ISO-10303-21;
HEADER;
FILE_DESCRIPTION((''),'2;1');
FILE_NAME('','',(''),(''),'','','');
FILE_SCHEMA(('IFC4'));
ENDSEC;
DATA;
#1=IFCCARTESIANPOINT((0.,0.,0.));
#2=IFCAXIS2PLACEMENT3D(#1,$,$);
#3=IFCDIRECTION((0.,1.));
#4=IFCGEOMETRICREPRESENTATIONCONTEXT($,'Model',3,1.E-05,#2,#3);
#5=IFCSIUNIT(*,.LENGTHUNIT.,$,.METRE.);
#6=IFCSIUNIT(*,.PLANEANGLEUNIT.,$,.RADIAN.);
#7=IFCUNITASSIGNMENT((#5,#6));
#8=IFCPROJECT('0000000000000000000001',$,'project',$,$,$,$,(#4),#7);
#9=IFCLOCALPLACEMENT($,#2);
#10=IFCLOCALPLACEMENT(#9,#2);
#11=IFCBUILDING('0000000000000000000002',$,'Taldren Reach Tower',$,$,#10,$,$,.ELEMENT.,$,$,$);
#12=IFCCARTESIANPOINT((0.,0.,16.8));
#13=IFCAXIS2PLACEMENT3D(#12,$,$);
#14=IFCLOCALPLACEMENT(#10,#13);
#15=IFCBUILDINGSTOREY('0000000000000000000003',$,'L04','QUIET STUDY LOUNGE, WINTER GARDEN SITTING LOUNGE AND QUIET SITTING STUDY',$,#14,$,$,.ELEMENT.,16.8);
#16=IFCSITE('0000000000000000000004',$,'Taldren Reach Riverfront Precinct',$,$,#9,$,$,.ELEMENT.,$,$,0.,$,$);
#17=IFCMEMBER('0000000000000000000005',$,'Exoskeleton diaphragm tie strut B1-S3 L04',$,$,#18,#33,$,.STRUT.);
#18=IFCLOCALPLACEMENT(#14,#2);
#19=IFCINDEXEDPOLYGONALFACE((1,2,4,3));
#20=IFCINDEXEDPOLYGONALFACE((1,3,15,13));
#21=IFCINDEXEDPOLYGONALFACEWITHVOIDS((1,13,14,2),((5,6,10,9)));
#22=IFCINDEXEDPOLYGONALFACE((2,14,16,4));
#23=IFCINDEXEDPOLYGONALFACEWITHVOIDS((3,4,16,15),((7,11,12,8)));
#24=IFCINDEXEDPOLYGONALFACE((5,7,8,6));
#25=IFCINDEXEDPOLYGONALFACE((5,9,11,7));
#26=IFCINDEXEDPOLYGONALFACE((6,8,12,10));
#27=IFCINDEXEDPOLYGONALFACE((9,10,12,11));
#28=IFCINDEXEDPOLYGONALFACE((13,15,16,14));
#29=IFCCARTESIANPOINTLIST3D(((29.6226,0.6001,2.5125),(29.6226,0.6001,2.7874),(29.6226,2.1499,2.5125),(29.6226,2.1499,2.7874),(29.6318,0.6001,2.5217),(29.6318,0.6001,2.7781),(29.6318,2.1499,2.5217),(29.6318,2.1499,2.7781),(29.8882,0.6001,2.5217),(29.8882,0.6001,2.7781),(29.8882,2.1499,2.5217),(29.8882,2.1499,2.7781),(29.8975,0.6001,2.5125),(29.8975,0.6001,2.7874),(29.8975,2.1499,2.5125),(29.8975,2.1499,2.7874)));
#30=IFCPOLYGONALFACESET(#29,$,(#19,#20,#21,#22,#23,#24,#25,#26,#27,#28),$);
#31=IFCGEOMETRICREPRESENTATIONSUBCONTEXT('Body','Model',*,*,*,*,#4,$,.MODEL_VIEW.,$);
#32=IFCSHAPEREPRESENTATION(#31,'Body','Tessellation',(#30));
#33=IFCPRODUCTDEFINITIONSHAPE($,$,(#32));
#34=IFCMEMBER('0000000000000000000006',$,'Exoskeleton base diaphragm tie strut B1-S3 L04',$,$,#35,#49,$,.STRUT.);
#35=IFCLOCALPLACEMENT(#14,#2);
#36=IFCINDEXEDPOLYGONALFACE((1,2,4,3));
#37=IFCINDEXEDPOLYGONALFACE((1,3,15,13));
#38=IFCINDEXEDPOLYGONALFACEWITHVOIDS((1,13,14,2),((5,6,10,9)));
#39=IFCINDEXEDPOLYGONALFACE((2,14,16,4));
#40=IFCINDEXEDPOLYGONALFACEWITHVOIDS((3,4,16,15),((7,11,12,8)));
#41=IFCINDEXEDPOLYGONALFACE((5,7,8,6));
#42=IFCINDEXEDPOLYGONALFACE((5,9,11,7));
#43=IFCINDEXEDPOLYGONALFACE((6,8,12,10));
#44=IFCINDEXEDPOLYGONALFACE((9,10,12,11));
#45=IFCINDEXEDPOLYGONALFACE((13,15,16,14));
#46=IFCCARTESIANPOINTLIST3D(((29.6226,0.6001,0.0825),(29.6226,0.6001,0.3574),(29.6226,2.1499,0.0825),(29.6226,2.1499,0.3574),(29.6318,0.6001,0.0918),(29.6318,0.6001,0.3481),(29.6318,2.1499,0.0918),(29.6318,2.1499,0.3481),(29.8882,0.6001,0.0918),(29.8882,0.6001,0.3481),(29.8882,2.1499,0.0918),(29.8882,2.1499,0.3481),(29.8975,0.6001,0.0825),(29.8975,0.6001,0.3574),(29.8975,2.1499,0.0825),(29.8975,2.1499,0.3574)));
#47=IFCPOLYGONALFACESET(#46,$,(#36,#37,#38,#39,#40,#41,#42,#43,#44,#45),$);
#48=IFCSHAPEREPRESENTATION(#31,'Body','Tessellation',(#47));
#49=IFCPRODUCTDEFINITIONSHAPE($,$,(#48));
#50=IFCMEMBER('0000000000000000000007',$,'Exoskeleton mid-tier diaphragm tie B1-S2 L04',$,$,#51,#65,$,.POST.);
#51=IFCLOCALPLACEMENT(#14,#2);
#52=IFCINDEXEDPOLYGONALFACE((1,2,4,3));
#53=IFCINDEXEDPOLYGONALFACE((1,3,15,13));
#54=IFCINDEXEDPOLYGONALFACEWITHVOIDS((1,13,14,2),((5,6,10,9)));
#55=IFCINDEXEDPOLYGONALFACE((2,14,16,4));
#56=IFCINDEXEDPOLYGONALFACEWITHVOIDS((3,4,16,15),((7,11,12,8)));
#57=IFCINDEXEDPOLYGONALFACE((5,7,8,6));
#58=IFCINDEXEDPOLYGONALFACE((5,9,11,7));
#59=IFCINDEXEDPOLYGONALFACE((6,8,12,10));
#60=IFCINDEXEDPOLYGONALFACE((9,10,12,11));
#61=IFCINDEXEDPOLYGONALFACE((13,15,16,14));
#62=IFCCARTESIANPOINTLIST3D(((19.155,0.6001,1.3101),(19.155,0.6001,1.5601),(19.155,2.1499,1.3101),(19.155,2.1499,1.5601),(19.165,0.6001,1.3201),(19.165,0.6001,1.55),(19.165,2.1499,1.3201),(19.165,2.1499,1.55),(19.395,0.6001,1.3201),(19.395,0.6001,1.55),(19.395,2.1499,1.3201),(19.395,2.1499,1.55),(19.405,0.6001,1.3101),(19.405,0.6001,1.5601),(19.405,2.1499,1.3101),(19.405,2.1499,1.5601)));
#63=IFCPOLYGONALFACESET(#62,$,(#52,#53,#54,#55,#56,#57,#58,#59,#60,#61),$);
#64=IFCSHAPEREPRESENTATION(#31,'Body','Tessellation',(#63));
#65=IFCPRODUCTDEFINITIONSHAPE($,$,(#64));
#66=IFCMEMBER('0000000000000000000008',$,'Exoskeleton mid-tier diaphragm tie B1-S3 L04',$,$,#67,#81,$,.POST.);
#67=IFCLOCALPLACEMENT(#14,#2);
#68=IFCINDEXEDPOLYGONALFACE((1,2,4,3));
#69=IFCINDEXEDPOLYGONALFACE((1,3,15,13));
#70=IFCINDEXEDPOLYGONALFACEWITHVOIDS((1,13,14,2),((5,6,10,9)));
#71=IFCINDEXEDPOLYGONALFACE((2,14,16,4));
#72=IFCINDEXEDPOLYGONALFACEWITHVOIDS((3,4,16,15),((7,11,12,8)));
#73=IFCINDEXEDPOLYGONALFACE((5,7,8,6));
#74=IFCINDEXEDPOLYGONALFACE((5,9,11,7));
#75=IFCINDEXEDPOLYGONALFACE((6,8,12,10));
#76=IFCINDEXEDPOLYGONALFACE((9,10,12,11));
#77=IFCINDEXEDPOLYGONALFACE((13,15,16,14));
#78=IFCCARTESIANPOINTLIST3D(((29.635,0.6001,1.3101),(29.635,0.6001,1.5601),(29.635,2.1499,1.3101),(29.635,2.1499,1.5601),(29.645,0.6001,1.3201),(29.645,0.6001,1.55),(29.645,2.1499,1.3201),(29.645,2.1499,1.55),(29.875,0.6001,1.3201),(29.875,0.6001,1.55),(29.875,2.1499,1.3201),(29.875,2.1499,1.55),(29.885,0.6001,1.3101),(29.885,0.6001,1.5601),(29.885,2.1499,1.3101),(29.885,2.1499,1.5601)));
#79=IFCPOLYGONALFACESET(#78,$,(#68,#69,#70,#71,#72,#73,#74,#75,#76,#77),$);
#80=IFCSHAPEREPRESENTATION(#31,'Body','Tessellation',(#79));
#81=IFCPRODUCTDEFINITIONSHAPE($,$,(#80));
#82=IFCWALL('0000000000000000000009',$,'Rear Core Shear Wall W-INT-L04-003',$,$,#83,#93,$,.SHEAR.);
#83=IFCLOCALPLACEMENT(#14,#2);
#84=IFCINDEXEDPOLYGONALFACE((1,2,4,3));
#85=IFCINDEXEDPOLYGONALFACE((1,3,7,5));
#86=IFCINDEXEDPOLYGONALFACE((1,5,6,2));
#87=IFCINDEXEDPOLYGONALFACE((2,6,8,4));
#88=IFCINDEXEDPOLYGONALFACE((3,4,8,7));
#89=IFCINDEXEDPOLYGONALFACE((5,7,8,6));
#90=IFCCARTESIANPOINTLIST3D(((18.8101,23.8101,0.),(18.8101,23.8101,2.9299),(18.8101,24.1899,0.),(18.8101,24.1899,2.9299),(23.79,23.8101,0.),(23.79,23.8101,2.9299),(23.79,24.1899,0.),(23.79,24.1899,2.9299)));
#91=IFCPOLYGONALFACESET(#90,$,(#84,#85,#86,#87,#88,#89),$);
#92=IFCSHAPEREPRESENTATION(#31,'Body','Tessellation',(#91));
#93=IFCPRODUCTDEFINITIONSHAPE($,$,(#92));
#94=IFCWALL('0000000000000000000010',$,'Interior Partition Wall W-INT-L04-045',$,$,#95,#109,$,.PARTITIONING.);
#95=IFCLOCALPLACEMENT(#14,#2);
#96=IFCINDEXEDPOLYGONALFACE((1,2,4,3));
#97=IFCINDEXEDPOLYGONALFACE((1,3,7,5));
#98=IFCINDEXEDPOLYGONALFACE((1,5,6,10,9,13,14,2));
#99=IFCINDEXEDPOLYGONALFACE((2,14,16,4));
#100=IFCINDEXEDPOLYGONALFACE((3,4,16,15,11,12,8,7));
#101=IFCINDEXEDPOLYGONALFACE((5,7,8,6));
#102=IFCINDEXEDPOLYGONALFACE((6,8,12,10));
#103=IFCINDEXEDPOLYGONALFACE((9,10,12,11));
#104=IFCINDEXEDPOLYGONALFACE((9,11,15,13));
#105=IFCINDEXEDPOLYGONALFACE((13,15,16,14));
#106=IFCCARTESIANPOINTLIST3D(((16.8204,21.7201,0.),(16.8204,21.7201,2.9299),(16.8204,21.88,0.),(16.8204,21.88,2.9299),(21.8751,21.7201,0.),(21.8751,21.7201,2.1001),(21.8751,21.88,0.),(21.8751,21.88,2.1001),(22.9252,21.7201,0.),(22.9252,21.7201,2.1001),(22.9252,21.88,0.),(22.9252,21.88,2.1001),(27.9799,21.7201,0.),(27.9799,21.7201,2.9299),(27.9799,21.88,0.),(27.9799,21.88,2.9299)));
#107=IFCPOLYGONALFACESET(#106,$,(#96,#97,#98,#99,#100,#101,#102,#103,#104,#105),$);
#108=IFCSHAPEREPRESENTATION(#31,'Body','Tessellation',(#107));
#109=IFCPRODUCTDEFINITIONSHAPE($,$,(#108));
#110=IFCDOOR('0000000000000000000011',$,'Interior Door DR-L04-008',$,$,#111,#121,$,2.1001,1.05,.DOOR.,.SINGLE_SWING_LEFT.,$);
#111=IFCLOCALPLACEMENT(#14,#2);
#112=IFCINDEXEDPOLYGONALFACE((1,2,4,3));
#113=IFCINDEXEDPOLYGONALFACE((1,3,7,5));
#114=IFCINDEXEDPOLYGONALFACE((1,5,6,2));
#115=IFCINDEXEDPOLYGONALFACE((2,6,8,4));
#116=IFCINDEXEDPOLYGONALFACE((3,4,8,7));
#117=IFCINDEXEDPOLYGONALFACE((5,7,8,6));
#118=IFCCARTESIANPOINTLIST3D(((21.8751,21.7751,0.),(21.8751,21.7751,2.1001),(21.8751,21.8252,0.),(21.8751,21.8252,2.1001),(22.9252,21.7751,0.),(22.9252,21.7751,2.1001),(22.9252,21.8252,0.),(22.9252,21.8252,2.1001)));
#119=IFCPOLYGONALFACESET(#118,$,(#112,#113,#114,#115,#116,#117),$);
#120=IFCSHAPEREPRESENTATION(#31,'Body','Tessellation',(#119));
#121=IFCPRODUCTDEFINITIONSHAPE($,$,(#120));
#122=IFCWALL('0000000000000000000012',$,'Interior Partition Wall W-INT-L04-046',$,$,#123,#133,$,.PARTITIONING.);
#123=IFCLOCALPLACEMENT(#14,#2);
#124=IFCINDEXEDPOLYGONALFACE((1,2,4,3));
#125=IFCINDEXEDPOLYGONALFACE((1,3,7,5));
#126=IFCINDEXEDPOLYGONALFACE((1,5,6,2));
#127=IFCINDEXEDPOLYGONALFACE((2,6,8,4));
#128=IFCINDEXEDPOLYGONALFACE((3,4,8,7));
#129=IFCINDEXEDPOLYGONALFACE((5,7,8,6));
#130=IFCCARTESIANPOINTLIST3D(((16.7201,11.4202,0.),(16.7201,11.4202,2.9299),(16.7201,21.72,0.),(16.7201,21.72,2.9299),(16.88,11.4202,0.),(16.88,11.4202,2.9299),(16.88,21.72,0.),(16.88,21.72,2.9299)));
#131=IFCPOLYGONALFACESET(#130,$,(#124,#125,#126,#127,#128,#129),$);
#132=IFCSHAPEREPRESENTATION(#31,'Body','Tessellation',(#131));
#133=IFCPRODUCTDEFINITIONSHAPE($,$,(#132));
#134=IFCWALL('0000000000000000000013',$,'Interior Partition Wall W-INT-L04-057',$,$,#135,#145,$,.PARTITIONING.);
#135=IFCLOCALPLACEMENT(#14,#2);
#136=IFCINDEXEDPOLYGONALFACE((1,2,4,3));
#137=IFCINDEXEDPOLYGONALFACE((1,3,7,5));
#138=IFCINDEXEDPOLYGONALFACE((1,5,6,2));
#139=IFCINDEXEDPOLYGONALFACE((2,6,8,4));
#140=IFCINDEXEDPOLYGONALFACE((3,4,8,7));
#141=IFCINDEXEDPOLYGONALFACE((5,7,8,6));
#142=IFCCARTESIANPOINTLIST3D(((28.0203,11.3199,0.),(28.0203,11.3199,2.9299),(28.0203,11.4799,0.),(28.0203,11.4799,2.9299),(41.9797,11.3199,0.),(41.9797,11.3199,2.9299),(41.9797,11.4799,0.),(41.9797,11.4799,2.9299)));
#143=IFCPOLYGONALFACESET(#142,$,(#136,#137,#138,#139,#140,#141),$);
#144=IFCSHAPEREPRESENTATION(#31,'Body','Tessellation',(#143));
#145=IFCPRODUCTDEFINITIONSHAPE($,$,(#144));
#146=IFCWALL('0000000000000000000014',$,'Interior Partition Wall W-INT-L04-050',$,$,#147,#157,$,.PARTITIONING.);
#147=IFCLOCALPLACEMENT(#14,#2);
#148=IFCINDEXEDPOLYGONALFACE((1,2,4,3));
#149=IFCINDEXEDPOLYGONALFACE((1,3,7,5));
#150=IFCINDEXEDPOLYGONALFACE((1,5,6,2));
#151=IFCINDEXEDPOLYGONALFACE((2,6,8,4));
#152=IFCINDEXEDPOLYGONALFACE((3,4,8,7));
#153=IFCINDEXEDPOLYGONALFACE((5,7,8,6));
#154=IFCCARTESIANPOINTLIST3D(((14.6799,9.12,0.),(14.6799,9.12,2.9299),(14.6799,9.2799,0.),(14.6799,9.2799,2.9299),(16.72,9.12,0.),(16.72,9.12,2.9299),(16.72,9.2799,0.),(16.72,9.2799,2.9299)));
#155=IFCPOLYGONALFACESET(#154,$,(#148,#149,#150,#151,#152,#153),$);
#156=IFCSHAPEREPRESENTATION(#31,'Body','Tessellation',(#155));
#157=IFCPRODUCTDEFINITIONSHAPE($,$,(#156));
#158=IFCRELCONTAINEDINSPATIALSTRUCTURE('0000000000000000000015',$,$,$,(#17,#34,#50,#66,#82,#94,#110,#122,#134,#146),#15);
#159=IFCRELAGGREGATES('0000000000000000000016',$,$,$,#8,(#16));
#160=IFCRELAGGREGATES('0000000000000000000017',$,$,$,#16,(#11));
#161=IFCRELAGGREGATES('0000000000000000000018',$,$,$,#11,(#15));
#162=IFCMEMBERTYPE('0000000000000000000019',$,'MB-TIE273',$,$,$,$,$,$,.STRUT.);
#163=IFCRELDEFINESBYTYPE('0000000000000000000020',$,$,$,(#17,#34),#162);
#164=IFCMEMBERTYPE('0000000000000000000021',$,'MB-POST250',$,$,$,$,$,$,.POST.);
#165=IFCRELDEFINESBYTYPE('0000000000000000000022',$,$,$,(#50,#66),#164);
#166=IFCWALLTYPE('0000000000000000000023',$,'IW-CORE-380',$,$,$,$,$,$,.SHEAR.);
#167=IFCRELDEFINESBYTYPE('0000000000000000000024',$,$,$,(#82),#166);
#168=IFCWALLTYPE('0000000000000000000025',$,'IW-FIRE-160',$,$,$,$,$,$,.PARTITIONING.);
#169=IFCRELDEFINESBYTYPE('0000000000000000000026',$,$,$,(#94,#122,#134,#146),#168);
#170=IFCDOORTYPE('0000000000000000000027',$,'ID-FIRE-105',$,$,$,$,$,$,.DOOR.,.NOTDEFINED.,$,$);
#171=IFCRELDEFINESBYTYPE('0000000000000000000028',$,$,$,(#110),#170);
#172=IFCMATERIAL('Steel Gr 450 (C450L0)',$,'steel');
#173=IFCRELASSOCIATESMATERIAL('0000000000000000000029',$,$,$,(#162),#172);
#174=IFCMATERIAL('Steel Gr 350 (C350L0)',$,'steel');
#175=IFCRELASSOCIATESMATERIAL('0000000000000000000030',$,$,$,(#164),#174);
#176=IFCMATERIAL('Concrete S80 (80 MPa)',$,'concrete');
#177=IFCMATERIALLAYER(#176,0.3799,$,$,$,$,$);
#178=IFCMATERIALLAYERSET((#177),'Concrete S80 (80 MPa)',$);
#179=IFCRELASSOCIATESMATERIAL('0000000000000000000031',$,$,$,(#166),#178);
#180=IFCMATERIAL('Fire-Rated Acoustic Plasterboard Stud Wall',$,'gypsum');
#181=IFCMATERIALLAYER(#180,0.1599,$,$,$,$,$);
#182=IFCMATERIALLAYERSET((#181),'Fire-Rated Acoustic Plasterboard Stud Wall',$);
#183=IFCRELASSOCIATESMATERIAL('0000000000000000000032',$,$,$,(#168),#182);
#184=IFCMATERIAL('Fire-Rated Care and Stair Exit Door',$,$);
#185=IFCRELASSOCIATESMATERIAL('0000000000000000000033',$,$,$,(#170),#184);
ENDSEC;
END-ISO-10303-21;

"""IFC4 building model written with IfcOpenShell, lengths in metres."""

from ifc_helpers import new_model, si_unit, direction, frame, frame_2d, origin, origin_2d, place, context, subcontext, project, spatial, rectangle, hollow_rectangle, extrude, source, transform, mapped, material, layer, layer_set, material_profile, profile_set, type_object, element, fill, save


model = new_model("IFC4")

# Units and contexts
model_context = context("Model", 3, precision=1e-05, world=origin(), true_north=direction((0.0, 1.0)))
body_context = subcontext(model_context, "Body", "Model", "MODEL_VIEW")
ifc_project = project(units=[si_unit("LENGTHUNIT", "METRE"), si_unit("PLANEANGLEUNIT", "RADIAN")], contexts=[model_context])

# Site, building, storey
site_placement = place(None, origin())
site = spatial("IfcSite", under=ifc_project, at=site_placement, Name="Taldren Reach Riverfront Precinct", CompositionType="ELEMENT", RefElevation=0.0)
building_placement = place(site_placement, origin())
building = spatial("IfcBuilding", under=site, at=building_placement, Name="Taldren Reach Tower", CompositionType="ELEMENT")
storey_placement = place(building_placement, frame((0.0, 0.0, 16.8)))
storey = spatial("IfcBuildingStorey", under=building, at=storey_placement, Name="L04", Description="QUIET STUDY LOUNGE, WINTER GARDEN SITTING LOUNGE AND QUIET SITTING STUDY", CompositionType="ELEMENT", Elevation=16.8)

# Shared definitions
ifc_material_1 = material(Name="Concrete S80 (80 MPa)", Category="concrete")

# Members
ifc_material_2 = material(Name="Steel Gr 450 (C450L0)", Category="steel")
ifc_material_profile_1 = material_profile(ifc_material_2, hollow_rectangle(XDim=0.2749, YDim=0.2749, WallThickness=0.0093, at=origin_2d()), Name="275x275x9.3SHS")
ifc_profile_set_1 = profile_set([ifc_material_profile_1], Name="Steel Gr 450 (C450L0)")
member_type_1 = type_object("IfcMemberType", Name="MB-TIE273", PredefinedType="STRUT", material=ifc_profile_set_1)
shared_shape_1 = source(origin(), body_context, "Body", "SweptSolid", [
    extrude(hollow_rectangle(XDim=0.2749, YDim=0.2749, WallThickness=0.0093, at=origin_2d()), origin(), (0.0, 0.0, 1.0), 1.5498),
])
for number, where, z_axis, x_axis, name in (
    (1, (29.76, 2.1499, 2.6499), (0.0, -1.0, 0.0), (1.0, 0.0, 0.0), "Exoskeleton diaphragm tie strut B1-S3 L04"),
    (2, (29.76, 2.1499, 0.22), (0.0, -1.0, 0.0), (1.0, 0.0, 0.0), "Exoskeleton base diaphragm tie strut B1-S3 L04"),
):
    element("IfcMember", number, at=place(storey_placement, frame(where, z_axis=z_axis, x_axis=x_axis)), inside=storey, type_object=member_type_1, Name=name, PredefinedType="STRUT", context=body_context, shape_type="MappedRepresentation", body=[
        mapped(shared_shape_1, transform((0.0, 0.0, 0.0), scale=1.0)),
    ])
ifc_material_3 = material(Name="Steel Gr 350 (C350L0)", Category="steel")
ifc_material_profile_2 = material_profile(ifc_material_3, hollow_rectangle(XDim=0.25, YDim=0.25, WallThickness=0.01, at=origin_2d()), Name="250x250x10.0SHS")
ifc_profile_set_2 = profile_set([ifc_material_profile_2], Name="Steel Gr 350 (C350L0)")
member_type_2 = type_object("IfcMemberType", Name="MB-POST250", PredefinedType="POST", material=ifc_profile_set_2)
shared_shape_2 = source(origin(), body_context, "Body", "SweptSolid", [
    extrude(hollow_rectangle(XDim=0.25, YDim=0.25, WallThickness=0.01, at=origin_2d()), origin(), (0.0, 0.0, 1.0), 1.5498),
])
for number, where, z_axis, x_axis, name in (
    (3, (19.28, 2.1499, 1.4351), (0.0, -1.0, 0.0), (1.0, 0.0, 0.0), "Exoskeleton mid-tier diaphragm tie B1-S2 L04"),
    (4, (29.76, 2.1499, 1.4351), (0.0, -1.0, 0.0), (1.0, 0.0, 0.0), "Exoskeleton mid-tier diaphragm tie B1-S3 L04"),
):
    element("IfcMember", number, at=place(storey_placement, frame(where, z_axis=z_axis, x_axis=x_axis)), inside=storey, type_object=member_type_2, Name=name, PredefinedType="POST", context=body_context, shape_type="MappedRepresentation", body=[
        mapped(shared_shape_2, transform((0.0, 0.0, 0.0), scale=1.0)),
    ])

# Wall
ifc_layer_1 = layer(ifc_material_1, 0.3799)
ifc_layer_set_1 = layer_set([ifc_layer_1], Name="Concrete S80 (80 MPa)")
wall_type_1 = type_object("IfcWallType", Name="IW-CORE-380", PredefinedType="SHEAR", material=ifc_layer_set_1)
shared_shape_3 = source(origin(), body_context, "Body", "SweptSolid", [
    extrude(rectangle(XDim=4.98, YDim=0.3799, at=frame_2d((2.49, 0.0))), origin(), (0.0, 0.0, 1.0), 2.9299),
])
wall_1_placement = place(storey_placement, frame((18.8101, 24.0, 0.0), z_axis=(0.0, 0.0, 1.0), x_axis=(1.0, 0.0, 0.0)))
element("IfcWall", 5, at=wall_1_placement, inside=storey, type_object=wall_type_1, Name="Rear Core Shear Wall W-INT-L04-003", PredefinedType="SHEAR", context=body_context, shape_type="MappedRepresentation", body=[
    mapped(shared_shape_3, transform((0.0, 0.0, 0.0), scale=1.0)),
])

# Wall, opening, door
ifc_material_4 = material(Name="Fire-Rated Acoustic Plasterboard Stud Wall", Category="gypsum")
ifc_layer_2 = layer(ifc_material_4, 0.1599)
ifc_layer_set_2 = layer_set([ifc_layer_2], Name="Fire-Rated Acoustic Plasterboard Stud Wall")
wall_type_2 = type_object("IfcWallType", Name="IW-FIRE-160", PredefinedType="PARTITIONING", material=ifc_layer_set_2)
shared_shape_4 = source(origin(), body_context, "Body", "SweptSolid", [
    extrude(rectangle(XDim=11.1594, YDim=0.1599, at=frame_2d((5.5796, 0.0))), origin(), (0.0, 0.0, 1.0), 2.9299),
])
wall_2_placement = place(storey_placement, frame((27.9797, 21.8, 0.0), z_axis=(0.0, 0.0, 1.0), x_axis=(-1.0, 0.0, 0.0)))
wall_2 = element("IfcWall", 6, at=wall_2_placement, inside=storey, type_object=wall_type_2, Name="Interior Partition Wall W-INT-L04-045", PredefinedType="PARTITIONING", context=body_context, shape_type="MappedRepresentation", body=[
    mapped(shared_shape_4, transform((0.0, 0.0, 0.0), scale=1.0)),
])
shared_shape_5 = source(origin(), body_context, "Body", "SweptSolid", [
    extrude(rectangle(XDim=1.05, YDim=2.1001, at=frame_2d((0.5249, 1.05))), frame((0.0, 0.0898, 0.0), z_axis=(0.0, -1.0, 0.0), x_axis=(1.0, 0.0, 0.0)), (0.0, 0.0, 1.0), 0.1799),
])
opening_1_placement = place(wall_2_placement, frame((5.0547, 0.0, 0.0)))
opening_1 = element("IfcOpeningElement", 7, at=opening_1_placement, cuts=wall_2, PredefinedType="OPENING", context=body_context, shape_type="MappedRepresentation", body=[
    mapped(shared_shape_5, transform((0.0, 0.0, 0.0), scale=1.0)),
])
ifc_material_5 = material(Name="Fire-Rated Care and Stair Exit Door")
door_type_1 = type_object("IfcDoorType", Name="ID-FIRE-105", OperationType="NOTDEFINED", PredefinedType="DOOR", material=ifc_material_5)
shared_shape_6 = source(origin(), body_context, "Body", "SweptSolid", [
    extrude(rectangle(XDim=1.05, YDim=2.1001, at=frame_2d((0.5249, 1.05))), frame((0.0, 0.0249, 0.0), z_axis=(0.0, -1.0, 0.0), x_axis=(1.0, 0.0, 0.0)), (0.0, 0.0, 1.0), 0.05),
])
door_1_placement = place(opening_1_placement, origin())
door_1 = element("IfcDoor", 8, at=door_1_placement, inside=storey, type_object=door_type_1, Name="Interior Door DR-L04-008", OperationType="SINGLE_SWING_LEFT", OverallHeight=2.1001, OverallWidth=1.05, PredefinedType="DOOR", context=body_context, shape_type="MappedRepresentation", body=[
    mapped(shared_shape_6, transform((0.0, 0.0, 0.0), scale=1.0)),
])
fill(opening_1, door_1)

# Walls
shared_shape_7 = source(origin(), body_context, "Body", "SweptSolid", [
    extrude(rectangle(XDim=10.2998, YDim=0.1599, at=frame_2d((5.1499, 0.0))), origin(), (0.0, 0.0, 1.0), 2.9299),
])
wall_3_placement = place(storey_placement, frame((16.8, 21.72, 0.0), z_axis=(0.0, 0.0, 1.0), x_axis=(0.0, -1.0, 0.0)))
element("IfcWall", 9, at=wall_3_placement, inside=storey, type_object=wall_type_2, Name="Interior Partition Wall W-INT-L04-046", PredefinedType="PARTITIONING", context=body_context, shape_type="MappedRepresentation", body=[
    mapped(shared_shape_7, transform((0.0, 0.0, 0.0), scale=1.0)),
])
shared_shape_8 = source(origin(), body_context, "Body", "SweptSolid", [
    extrude(rectangle(XDim=13.9595, YDim=0.1599, at=frame_2d((6.9797, 0.0))), origin(), (0.0, 0.0, 1.0), 2.9299),
])
wall_4_placement = place(storey_placement, frame((28.0203, 11.3999, 0.0), z_axis=(0.0, 0.0, 1.0), x_axis=(1.0, 0.0, 0.0)))
element("IfcWall", 10, at=wall_4_placement, inside=storey, type_object=wall_type_2, Name="Interior Partition Wall W-INT-L04-057", PredefinedType="PARTITIONING", context=body_context, shape_type="MappedRepresentation", body=[
    mapped(shared_shape_8, transform((0.0, 0.0, 0.0), scale=1.0)),
])
shared_shape_9 = source(origin(), body_context, "Body", "SweptSolid", [
    extrude(rectangle(XDim=2.04, YDim=0.1599, at=frame_2d((1.02, 0.0))), origin(), (0.0, 0.0, 1.0), 2.9299),
])
wall_5_placement = place(storey_placement, frame((16.72, 9.2, 0.0), z_axis=(0.0, 0.0, 1.0), x_axis=(-1.0, 0.0, 0.0)))
element("IfcWall", 11, at=wall_5_placement, inside=storey, type_object=wall_type_2, Name="Interior Partition Wall W-INT-L04-050", PredefinedType="PARTITIONING", context=body_context, shape_type="MappedRepresentation", body=[
    mapped(shared_shape_9, transform((0.0, 0.0, 0.0), scale=1.0)),
])

save(model, "model.ifc")
